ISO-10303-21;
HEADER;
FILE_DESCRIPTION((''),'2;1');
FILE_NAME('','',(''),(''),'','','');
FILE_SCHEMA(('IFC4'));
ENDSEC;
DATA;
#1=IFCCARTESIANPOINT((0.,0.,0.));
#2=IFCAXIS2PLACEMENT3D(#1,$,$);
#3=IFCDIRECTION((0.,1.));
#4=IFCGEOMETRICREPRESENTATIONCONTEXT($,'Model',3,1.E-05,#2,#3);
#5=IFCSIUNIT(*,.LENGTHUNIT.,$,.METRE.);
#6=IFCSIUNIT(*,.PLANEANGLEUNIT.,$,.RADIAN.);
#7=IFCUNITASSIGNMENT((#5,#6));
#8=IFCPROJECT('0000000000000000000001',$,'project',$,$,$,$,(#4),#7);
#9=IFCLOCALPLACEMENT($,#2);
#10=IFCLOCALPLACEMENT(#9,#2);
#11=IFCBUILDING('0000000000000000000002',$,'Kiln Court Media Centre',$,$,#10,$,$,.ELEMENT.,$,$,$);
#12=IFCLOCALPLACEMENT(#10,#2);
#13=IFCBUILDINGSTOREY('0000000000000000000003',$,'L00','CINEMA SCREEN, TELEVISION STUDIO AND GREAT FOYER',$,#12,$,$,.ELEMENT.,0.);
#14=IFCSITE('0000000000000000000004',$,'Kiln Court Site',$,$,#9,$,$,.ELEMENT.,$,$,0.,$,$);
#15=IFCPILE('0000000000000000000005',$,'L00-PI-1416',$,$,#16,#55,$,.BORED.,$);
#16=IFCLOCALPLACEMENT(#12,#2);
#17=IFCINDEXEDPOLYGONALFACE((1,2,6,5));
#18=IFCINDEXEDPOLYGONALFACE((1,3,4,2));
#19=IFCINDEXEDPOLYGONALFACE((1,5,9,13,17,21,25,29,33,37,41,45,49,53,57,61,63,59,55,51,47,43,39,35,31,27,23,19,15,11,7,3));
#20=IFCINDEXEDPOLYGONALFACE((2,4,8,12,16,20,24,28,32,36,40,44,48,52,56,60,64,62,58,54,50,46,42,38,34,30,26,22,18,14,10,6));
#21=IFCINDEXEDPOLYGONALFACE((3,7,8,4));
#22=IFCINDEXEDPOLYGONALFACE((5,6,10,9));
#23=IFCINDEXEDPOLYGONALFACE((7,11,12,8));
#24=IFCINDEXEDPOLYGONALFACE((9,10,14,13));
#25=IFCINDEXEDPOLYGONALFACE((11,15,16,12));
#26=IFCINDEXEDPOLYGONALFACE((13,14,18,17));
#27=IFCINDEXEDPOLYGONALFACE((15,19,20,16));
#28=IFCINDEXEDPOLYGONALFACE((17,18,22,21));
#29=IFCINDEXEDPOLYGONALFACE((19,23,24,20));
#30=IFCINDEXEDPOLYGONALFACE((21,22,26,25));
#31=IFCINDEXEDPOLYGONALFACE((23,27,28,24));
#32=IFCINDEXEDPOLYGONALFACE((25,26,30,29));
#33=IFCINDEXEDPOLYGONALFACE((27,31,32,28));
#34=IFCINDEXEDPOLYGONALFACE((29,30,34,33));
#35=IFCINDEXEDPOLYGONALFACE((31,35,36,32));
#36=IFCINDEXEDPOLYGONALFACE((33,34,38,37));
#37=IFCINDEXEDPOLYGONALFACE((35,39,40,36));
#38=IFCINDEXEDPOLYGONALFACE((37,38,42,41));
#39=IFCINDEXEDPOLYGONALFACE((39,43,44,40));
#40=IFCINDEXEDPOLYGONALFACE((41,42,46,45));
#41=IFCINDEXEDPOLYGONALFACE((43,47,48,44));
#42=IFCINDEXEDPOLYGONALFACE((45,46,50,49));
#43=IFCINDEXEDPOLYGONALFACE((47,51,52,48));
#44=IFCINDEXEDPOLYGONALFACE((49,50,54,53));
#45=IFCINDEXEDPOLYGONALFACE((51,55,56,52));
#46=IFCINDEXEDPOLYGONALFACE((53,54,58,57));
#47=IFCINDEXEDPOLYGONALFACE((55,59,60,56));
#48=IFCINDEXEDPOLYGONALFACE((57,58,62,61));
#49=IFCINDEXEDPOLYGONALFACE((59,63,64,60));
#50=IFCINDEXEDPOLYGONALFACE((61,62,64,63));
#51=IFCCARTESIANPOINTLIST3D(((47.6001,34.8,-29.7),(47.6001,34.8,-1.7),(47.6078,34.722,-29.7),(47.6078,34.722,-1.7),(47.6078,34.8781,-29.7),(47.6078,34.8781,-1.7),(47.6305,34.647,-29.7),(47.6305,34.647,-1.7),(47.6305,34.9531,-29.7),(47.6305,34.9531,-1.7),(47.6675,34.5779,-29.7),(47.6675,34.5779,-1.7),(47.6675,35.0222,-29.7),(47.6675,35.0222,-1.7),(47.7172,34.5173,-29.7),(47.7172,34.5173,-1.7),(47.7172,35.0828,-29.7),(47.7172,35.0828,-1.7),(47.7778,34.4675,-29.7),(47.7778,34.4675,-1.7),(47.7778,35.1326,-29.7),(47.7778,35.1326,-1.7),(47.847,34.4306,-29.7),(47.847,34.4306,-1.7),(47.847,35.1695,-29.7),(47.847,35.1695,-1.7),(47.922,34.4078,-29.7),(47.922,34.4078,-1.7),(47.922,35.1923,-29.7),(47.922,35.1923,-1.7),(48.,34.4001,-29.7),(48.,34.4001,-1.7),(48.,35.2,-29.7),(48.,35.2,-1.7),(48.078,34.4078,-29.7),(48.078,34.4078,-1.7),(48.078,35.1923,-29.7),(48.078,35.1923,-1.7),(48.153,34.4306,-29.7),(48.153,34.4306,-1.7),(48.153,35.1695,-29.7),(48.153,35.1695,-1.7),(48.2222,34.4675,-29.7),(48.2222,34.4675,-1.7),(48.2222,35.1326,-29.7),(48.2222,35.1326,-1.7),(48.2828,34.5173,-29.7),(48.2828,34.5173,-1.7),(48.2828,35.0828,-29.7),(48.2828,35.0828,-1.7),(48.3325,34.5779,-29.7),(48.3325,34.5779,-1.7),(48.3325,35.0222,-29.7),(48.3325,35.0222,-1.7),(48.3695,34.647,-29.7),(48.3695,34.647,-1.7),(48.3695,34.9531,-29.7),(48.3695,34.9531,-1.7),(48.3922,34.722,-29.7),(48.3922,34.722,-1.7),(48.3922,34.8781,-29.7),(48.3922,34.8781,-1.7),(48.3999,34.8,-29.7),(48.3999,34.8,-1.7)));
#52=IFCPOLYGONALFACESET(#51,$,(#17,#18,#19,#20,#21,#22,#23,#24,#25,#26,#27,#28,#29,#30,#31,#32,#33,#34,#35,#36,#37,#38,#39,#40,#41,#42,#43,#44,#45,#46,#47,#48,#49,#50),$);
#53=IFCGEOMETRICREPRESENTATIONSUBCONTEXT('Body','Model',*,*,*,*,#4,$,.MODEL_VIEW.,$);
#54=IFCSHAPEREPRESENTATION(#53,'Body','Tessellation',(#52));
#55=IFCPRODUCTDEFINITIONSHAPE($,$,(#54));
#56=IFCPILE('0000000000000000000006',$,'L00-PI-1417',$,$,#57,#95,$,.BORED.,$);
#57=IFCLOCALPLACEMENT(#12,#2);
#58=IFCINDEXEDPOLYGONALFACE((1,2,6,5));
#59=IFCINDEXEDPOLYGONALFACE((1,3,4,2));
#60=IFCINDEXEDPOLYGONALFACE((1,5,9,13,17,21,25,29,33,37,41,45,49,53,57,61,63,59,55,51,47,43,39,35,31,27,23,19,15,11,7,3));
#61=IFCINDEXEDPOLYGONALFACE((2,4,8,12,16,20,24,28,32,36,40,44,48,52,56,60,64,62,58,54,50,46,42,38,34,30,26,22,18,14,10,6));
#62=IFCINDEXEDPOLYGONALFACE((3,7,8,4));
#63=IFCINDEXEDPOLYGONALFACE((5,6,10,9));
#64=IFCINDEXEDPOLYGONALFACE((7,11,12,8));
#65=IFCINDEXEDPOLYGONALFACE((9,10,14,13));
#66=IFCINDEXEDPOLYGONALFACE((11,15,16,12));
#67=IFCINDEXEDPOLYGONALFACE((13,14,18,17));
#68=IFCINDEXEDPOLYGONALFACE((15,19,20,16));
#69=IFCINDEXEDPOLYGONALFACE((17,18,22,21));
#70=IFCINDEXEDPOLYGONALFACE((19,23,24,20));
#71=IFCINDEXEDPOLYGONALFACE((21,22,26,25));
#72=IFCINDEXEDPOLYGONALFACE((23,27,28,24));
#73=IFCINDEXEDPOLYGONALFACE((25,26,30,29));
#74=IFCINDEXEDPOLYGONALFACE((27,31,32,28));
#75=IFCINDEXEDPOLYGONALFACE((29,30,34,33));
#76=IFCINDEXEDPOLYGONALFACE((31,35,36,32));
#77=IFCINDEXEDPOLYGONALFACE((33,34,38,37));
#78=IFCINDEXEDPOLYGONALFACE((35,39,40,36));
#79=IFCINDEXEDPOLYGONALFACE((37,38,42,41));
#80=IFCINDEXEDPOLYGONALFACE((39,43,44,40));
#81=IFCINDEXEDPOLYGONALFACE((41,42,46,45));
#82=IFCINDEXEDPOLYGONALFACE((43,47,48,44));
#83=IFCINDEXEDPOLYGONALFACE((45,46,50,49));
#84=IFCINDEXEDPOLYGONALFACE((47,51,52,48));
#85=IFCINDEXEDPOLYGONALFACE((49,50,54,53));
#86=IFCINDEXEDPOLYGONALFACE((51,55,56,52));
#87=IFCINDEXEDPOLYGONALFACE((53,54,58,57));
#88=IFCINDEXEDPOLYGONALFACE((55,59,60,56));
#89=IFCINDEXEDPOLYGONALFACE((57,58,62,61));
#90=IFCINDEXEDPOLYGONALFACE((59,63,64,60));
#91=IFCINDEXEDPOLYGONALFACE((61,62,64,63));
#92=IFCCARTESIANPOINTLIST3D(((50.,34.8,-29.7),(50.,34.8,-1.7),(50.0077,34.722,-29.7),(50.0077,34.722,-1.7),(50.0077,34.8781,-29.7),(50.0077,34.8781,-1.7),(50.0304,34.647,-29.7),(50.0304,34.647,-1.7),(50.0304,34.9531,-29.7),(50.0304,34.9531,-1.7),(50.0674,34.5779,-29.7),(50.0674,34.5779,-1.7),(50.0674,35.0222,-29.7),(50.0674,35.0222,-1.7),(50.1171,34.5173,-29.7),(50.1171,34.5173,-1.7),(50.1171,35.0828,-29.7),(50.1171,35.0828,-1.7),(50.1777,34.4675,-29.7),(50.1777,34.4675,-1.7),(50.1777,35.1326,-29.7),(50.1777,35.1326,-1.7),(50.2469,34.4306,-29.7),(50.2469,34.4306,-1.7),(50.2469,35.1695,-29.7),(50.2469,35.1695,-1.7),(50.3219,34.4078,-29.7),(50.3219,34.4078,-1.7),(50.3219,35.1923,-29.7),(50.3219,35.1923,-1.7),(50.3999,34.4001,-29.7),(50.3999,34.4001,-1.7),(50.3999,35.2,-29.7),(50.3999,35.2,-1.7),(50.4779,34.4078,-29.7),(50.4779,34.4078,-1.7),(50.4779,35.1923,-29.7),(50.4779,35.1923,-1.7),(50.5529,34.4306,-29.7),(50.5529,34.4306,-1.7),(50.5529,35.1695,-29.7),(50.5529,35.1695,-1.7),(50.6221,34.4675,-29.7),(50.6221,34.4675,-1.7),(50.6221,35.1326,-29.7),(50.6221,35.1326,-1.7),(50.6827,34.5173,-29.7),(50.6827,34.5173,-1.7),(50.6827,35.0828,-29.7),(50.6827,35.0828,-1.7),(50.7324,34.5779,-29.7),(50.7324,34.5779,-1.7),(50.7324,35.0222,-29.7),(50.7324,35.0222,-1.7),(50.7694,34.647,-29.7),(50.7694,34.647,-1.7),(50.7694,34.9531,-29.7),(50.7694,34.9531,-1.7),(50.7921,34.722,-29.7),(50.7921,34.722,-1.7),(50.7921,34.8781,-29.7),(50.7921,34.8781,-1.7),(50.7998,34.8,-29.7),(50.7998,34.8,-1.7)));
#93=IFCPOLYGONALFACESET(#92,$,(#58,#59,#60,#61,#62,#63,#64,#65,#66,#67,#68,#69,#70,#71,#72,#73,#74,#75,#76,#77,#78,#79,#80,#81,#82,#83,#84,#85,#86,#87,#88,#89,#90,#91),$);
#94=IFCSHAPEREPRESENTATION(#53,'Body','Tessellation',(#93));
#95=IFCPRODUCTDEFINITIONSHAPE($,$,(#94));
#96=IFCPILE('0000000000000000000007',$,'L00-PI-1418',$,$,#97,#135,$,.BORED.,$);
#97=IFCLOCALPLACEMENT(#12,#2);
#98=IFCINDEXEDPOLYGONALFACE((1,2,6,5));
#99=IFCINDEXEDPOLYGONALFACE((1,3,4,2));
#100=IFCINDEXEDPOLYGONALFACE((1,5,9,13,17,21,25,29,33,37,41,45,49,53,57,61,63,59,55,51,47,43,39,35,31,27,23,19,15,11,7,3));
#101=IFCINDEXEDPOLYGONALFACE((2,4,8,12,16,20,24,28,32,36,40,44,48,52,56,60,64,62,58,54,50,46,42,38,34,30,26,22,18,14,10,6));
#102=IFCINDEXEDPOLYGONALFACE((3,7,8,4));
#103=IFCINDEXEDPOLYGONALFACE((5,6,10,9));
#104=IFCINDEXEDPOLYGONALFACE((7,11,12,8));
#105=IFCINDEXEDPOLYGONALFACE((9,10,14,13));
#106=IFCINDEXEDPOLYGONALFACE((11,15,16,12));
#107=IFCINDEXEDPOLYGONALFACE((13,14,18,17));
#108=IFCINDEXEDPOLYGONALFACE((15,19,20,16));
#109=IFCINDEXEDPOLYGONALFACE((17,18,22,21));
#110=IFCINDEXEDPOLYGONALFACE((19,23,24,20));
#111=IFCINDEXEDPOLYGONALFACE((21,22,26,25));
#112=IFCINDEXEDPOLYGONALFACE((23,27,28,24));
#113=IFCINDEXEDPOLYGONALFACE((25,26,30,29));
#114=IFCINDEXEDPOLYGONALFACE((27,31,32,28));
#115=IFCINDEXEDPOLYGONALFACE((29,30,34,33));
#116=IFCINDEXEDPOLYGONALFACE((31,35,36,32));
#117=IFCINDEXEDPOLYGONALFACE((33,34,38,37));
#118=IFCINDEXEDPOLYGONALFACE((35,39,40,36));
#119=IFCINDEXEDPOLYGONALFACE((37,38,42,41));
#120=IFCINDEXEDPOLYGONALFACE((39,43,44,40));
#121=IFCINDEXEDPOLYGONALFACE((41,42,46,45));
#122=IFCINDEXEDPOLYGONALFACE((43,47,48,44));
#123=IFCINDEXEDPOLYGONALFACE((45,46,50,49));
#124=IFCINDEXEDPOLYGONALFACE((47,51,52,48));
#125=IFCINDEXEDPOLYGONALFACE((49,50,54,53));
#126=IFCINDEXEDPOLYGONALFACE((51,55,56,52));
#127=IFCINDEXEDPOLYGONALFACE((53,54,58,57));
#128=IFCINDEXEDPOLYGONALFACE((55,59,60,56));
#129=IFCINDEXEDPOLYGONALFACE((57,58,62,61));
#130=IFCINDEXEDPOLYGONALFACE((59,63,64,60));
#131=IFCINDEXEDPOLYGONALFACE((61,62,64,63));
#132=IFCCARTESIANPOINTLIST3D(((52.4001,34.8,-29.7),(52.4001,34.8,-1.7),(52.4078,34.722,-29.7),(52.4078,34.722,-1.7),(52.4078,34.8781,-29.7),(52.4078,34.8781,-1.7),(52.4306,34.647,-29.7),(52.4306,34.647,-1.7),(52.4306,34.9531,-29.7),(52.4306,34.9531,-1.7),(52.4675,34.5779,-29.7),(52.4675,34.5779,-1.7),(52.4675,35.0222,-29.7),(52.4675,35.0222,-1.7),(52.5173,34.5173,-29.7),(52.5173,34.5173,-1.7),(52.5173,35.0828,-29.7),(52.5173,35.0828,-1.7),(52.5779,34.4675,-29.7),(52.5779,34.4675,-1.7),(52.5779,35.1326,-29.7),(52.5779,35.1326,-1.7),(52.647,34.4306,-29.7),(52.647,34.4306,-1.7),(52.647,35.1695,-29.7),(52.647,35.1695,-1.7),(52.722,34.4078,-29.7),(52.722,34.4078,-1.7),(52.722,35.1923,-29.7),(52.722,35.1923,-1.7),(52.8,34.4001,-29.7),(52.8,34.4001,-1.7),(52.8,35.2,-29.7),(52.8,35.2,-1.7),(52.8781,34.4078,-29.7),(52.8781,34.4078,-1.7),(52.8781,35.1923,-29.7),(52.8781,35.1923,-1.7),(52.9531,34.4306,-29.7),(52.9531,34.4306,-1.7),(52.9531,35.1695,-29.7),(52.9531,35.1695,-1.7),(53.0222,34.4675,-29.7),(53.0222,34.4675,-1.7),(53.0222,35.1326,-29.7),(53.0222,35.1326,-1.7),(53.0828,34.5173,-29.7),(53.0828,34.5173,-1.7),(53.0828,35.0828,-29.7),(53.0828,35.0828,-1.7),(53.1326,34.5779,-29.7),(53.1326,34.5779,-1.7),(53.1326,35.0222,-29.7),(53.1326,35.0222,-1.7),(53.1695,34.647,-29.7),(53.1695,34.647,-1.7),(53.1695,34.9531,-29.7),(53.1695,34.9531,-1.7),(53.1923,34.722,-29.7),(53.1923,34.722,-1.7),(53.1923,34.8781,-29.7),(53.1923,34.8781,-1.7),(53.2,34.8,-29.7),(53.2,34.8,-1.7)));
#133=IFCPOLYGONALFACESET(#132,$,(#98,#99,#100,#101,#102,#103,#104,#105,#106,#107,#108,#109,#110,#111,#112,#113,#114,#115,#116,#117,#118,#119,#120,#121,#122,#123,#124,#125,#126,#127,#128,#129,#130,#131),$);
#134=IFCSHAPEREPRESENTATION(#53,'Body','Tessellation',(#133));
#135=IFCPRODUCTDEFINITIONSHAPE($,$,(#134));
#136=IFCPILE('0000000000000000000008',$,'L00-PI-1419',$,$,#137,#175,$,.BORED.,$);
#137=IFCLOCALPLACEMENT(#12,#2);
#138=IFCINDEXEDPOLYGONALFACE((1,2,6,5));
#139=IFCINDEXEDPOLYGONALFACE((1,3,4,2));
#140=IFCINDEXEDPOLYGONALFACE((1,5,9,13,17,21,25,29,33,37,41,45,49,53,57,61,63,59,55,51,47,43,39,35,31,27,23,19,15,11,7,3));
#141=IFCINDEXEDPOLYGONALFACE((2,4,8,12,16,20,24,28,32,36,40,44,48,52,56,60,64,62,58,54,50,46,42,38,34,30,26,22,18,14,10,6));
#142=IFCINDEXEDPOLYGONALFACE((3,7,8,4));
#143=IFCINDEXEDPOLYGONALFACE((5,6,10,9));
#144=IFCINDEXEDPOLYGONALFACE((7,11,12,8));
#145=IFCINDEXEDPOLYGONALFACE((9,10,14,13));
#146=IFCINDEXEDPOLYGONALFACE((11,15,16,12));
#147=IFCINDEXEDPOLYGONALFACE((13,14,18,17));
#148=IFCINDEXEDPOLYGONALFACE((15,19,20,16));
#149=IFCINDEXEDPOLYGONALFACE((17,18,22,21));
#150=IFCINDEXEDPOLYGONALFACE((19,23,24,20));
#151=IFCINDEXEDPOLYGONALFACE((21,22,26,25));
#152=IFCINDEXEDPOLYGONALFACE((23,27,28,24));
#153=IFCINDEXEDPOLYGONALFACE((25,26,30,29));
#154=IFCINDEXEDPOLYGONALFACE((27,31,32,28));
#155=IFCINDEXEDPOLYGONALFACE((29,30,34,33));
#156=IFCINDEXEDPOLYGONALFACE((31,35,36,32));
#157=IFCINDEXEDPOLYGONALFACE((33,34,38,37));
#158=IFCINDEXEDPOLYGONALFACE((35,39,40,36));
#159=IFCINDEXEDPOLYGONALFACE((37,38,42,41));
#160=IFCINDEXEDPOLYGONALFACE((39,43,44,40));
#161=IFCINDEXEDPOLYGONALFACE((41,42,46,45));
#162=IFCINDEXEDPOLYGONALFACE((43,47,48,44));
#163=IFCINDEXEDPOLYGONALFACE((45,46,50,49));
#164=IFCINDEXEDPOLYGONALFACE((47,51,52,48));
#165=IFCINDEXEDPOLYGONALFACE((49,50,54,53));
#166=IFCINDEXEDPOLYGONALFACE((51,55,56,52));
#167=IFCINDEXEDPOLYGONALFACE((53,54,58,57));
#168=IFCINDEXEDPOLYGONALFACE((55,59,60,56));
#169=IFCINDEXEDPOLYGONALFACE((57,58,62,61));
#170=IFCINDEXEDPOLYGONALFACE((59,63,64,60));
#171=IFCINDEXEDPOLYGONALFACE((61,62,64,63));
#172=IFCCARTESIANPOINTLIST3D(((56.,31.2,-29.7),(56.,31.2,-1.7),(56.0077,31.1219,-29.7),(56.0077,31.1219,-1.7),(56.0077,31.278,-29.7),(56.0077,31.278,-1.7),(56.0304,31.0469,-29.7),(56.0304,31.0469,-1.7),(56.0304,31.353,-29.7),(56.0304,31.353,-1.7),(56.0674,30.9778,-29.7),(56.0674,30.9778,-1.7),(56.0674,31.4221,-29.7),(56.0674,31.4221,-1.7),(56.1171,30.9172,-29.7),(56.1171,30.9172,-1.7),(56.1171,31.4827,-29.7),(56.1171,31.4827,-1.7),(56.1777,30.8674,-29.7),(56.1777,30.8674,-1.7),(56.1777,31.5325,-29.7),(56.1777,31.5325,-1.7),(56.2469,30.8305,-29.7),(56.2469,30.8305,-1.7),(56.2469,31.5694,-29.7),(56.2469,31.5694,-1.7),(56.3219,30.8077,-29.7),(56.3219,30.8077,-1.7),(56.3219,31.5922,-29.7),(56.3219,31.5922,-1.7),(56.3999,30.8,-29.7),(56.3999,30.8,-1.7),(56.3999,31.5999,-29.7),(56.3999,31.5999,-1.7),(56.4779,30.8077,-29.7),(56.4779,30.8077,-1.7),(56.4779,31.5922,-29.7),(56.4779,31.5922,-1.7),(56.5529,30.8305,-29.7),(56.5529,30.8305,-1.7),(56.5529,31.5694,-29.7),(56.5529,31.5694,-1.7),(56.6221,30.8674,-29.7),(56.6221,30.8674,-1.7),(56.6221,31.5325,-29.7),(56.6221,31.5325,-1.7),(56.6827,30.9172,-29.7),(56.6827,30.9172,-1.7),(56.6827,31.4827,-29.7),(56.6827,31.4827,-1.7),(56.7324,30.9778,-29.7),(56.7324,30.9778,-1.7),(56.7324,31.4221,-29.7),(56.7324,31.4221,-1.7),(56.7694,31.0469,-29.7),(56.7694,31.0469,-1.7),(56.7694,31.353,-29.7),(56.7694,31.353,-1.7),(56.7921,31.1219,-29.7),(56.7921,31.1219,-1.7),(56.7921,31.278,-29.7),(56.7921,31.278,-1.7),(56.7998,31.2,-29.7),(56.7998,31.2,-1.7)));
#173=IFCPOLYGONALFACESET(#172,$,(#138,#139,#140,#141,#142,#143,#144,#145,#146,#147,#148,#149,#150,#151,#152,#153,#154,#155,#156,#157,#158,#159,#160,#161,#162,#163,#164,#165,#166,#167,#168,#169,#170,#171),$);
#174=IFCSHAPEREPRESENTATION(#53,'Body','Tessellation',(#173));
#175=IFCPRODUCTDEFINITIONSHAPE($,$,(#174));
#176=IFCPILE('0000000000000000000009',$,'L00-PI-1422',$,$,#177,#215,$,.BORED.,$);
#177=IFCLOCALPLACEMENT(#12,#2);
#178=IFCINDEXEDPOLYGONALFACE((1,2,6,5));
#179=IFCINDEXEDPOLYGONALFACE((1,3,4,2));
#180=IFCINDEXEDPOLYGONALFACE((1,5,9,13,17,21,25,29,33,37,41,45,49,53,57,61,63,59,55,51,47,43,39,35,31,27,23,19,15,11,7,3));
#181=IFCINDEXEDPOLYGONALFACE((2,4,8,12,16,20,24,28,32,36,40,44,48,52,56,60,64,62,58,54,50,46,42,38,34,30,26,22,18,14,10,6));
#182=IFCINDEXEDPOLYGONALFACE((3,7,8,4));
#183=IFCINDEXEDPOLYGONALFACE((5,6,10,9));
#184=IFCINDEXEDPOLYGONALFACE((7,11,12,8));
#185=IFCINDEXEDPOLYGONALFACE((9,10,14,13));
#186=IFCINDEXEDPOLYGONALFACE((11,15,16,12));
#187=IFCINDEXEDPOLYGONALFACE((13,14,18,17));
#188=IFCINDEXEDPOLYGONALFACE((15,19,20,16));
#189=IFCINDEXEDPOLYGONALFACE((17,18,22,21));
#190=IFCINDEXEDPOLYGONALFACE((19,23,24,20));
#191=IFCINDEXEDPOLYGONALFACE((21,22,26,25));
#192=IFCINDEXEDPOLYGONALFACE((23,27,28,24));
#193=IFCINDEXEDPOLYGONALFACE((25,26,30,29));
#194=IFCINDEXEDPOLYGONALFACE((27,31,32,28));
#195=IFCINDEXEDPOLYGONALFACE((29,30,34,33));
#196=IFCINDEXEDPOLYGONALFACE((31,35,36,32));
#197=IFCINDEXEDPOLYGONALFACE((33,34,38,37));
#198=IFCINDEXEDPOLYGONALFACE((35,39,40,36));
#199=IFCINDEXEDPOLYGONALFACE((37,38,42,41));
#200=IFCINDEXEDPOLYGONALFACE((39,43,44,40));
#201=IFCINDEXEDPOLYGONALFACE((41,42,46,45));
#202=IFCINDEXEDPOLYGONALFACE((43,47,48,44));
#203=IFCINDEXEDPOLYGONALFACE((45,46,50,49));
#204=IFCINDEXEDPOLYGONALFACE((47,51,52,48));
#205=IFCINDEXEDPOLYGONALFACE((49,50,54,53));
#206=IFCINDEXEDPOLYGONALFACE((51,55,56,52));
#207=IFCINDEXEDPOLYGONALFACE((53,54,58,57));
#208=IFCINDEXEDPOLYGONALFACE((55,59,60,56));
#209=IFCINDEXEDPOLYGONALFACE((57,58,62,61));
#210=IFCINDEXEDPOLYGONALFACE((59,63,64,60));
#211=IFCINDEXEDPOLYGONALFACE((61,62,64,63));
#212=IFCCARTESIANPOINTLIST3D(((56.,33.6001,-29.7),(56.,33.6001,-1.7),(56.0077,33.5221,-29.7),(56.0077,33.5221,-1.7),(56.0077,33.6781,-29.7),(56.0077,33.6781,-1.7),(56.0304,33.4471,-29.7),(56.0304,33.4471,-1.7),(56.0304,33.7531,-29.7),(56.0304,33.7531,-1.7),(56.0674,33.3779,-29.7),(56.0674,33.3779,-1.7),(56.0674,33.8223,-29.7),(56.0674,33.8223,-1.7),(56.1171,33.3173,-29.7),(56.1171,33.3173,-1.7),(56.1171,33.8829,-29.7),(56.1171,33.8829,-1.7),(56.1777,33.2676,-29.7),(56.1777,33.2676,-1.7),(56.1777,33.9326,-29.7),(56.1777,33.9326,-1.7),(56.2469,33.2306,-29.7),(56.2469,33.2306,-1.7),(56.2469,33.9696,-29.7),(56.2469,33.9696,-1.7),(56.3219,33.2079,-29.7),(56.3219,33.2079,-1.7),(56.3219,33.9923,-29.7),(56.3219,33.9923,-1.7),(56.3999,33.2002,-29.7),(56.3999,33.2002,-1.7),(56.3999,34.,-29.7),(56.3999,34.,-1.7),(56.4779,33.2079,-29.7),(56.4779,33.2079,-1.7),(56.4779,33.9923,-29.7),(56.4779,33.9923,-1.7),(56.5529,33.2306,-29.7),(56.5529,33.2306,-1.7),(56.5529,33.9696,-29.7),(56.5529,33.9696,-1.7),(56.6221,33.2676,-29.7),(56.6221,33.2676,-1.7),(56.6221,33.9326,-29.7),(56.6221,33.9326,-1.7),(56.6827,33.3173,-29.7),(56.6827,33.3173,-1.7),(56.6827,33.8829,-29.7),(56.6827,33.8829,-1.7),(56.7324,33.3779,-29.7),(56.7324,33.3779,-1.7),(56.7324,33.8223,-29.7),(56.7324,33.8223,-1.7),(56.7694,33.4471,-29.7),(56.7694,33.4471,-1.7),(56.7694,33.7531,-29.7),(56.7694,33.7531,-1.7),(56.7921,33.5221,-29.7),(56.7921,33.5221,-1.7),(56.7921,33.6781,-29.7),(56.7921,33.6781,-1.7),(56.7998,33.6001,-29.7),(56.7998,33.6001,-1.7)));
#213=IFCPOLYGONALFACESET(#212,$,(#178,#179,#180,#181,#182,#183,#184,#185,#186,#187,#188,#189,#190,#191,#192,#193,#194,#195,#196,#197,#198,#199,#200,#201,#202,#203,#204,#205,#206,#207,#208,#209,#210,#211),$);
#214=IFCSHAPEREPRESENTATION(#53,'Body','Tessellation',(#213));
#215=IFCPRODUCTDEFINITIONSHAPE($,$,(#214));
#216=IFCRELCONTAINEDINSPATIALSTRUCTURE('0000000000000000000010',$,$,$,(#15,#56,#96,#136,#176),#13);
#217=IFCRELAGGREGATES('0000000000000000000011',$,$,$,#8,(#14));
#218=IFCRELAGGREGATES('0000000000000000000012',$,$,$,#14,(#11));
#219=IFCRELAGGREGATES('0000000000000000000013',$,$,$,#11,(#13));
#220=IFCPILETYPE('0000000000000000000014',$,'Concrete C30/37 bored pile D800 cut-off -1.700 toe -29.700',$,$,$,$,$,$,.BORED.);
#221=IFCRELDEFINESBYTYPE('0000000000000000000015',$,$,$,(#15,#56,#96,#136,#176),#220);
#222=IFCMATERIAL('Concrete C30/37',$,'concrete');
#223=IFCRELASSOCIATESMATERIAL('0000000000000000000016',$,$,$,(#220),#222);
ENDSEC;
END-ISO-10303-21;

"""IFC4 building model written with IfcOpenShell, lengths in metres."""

from ifc_helpers import new_model, si_unit, direction, frame, origin, origin_2d, place, context, subcontext, project, spatial, circle, extrude, material, material_profile, profile_set, type_object, element, save


model = new_model("IFC4")

# Units and contexts
model_context = context("Model", 3, precision=1e-05, world=origin(), true_north=direction((0.0, 1.0)))
body_context = subcontext(model_context, "Body", "Model", "MODEL_VIEW")
ifc_project = project(units=[si_unit("LENGTHUNIT", "METRE"), si_unit("PLANEANGLEUNIT", "RADIAN")], contexts=[model_context])

# Site, building, storey
site_placement = place(None, origin())
site = spatial("IfcSite", under=ifc_project, at=site_placement, Name="Kiln Court Site", CompositionType="ELEMENT", RefElevation=0.0)
building_placement = place(site_placement, origin())
building = spatial("IfcBuilding", under=site, at=building_placement, Name="Kiln Court Media Centre", CompositionType="ELEMENT")
storey_placement = place(building_placement, origin())
storey = spatial("IfcBuildingStorey", under=building, at=storey_placement, Name="L00", Description="CINEMA SCREEN, TELEVISION STUDIO AND GREAT FOYER", CompositionType="ELEMENT", Elevation=0.0)

# Piles
ifc_material_1 = material(Name="Concrete C30/37", Category="concrete")
ifc_material_profile_1 = material_profile(ifc_material_1, circle(Radius=0.3999, at=origin_2d()), Name="PILE D800")
ifc_profile_set_1 = profile_set([ifc_material_profile_1], Name="Concrete C30/37")
pile_type_1 = type_object("IfcPileType", Name="Concrete C30/37 bored pile D800 cut-off -1.700 toe -29.700", PredefinedType="BORED", material=ifc_profile_set_1)
for number, where, z_axis, x_axis, name in (
    (1, (48.0, 34.8, -1.7), (0.0, 0.0, -1.0), (1.0, 0.0, 0.0), "L00-PI-1416"),
    (2, (50.3999, 34.8, -1.7), (0.0, 0.0, -1.0), (1.0, 0.0, 0.0), "L00-PI-1417"),
    (3, (52.8, 34.8, -1.7), (0.0, 0.0, -1.0), (1.0, 0.0, 0.0), "L00-PI-1418"),
    (4, (56.3999, 31.2, -1.7), (0.0, 0.0, -1.0), (1.0, 0.0, 0.0), "L00-PI-1419"),
    (5, (56.3999, 33.6001, -1.7), (0.0, 0.0, -1.0), (1.0, 0.0, 0.0), "L00-PI-1422"),
):
    element("IfcPile", number, at=place(storey_placement, frame(where, z_axis=z_axis, x_axis=x_axis)), inside=storey, type_object=pile_type_1, Name=name, PredefinedType="BORED", context=body_context, shape_type="SweptSolid", body=[
        extrude(circle(Radius=0.3999, at=origin_2d()), origin(), (0.0, 0.0, 1.0), 28.0),
    ])

save(model, "model.ifc")
